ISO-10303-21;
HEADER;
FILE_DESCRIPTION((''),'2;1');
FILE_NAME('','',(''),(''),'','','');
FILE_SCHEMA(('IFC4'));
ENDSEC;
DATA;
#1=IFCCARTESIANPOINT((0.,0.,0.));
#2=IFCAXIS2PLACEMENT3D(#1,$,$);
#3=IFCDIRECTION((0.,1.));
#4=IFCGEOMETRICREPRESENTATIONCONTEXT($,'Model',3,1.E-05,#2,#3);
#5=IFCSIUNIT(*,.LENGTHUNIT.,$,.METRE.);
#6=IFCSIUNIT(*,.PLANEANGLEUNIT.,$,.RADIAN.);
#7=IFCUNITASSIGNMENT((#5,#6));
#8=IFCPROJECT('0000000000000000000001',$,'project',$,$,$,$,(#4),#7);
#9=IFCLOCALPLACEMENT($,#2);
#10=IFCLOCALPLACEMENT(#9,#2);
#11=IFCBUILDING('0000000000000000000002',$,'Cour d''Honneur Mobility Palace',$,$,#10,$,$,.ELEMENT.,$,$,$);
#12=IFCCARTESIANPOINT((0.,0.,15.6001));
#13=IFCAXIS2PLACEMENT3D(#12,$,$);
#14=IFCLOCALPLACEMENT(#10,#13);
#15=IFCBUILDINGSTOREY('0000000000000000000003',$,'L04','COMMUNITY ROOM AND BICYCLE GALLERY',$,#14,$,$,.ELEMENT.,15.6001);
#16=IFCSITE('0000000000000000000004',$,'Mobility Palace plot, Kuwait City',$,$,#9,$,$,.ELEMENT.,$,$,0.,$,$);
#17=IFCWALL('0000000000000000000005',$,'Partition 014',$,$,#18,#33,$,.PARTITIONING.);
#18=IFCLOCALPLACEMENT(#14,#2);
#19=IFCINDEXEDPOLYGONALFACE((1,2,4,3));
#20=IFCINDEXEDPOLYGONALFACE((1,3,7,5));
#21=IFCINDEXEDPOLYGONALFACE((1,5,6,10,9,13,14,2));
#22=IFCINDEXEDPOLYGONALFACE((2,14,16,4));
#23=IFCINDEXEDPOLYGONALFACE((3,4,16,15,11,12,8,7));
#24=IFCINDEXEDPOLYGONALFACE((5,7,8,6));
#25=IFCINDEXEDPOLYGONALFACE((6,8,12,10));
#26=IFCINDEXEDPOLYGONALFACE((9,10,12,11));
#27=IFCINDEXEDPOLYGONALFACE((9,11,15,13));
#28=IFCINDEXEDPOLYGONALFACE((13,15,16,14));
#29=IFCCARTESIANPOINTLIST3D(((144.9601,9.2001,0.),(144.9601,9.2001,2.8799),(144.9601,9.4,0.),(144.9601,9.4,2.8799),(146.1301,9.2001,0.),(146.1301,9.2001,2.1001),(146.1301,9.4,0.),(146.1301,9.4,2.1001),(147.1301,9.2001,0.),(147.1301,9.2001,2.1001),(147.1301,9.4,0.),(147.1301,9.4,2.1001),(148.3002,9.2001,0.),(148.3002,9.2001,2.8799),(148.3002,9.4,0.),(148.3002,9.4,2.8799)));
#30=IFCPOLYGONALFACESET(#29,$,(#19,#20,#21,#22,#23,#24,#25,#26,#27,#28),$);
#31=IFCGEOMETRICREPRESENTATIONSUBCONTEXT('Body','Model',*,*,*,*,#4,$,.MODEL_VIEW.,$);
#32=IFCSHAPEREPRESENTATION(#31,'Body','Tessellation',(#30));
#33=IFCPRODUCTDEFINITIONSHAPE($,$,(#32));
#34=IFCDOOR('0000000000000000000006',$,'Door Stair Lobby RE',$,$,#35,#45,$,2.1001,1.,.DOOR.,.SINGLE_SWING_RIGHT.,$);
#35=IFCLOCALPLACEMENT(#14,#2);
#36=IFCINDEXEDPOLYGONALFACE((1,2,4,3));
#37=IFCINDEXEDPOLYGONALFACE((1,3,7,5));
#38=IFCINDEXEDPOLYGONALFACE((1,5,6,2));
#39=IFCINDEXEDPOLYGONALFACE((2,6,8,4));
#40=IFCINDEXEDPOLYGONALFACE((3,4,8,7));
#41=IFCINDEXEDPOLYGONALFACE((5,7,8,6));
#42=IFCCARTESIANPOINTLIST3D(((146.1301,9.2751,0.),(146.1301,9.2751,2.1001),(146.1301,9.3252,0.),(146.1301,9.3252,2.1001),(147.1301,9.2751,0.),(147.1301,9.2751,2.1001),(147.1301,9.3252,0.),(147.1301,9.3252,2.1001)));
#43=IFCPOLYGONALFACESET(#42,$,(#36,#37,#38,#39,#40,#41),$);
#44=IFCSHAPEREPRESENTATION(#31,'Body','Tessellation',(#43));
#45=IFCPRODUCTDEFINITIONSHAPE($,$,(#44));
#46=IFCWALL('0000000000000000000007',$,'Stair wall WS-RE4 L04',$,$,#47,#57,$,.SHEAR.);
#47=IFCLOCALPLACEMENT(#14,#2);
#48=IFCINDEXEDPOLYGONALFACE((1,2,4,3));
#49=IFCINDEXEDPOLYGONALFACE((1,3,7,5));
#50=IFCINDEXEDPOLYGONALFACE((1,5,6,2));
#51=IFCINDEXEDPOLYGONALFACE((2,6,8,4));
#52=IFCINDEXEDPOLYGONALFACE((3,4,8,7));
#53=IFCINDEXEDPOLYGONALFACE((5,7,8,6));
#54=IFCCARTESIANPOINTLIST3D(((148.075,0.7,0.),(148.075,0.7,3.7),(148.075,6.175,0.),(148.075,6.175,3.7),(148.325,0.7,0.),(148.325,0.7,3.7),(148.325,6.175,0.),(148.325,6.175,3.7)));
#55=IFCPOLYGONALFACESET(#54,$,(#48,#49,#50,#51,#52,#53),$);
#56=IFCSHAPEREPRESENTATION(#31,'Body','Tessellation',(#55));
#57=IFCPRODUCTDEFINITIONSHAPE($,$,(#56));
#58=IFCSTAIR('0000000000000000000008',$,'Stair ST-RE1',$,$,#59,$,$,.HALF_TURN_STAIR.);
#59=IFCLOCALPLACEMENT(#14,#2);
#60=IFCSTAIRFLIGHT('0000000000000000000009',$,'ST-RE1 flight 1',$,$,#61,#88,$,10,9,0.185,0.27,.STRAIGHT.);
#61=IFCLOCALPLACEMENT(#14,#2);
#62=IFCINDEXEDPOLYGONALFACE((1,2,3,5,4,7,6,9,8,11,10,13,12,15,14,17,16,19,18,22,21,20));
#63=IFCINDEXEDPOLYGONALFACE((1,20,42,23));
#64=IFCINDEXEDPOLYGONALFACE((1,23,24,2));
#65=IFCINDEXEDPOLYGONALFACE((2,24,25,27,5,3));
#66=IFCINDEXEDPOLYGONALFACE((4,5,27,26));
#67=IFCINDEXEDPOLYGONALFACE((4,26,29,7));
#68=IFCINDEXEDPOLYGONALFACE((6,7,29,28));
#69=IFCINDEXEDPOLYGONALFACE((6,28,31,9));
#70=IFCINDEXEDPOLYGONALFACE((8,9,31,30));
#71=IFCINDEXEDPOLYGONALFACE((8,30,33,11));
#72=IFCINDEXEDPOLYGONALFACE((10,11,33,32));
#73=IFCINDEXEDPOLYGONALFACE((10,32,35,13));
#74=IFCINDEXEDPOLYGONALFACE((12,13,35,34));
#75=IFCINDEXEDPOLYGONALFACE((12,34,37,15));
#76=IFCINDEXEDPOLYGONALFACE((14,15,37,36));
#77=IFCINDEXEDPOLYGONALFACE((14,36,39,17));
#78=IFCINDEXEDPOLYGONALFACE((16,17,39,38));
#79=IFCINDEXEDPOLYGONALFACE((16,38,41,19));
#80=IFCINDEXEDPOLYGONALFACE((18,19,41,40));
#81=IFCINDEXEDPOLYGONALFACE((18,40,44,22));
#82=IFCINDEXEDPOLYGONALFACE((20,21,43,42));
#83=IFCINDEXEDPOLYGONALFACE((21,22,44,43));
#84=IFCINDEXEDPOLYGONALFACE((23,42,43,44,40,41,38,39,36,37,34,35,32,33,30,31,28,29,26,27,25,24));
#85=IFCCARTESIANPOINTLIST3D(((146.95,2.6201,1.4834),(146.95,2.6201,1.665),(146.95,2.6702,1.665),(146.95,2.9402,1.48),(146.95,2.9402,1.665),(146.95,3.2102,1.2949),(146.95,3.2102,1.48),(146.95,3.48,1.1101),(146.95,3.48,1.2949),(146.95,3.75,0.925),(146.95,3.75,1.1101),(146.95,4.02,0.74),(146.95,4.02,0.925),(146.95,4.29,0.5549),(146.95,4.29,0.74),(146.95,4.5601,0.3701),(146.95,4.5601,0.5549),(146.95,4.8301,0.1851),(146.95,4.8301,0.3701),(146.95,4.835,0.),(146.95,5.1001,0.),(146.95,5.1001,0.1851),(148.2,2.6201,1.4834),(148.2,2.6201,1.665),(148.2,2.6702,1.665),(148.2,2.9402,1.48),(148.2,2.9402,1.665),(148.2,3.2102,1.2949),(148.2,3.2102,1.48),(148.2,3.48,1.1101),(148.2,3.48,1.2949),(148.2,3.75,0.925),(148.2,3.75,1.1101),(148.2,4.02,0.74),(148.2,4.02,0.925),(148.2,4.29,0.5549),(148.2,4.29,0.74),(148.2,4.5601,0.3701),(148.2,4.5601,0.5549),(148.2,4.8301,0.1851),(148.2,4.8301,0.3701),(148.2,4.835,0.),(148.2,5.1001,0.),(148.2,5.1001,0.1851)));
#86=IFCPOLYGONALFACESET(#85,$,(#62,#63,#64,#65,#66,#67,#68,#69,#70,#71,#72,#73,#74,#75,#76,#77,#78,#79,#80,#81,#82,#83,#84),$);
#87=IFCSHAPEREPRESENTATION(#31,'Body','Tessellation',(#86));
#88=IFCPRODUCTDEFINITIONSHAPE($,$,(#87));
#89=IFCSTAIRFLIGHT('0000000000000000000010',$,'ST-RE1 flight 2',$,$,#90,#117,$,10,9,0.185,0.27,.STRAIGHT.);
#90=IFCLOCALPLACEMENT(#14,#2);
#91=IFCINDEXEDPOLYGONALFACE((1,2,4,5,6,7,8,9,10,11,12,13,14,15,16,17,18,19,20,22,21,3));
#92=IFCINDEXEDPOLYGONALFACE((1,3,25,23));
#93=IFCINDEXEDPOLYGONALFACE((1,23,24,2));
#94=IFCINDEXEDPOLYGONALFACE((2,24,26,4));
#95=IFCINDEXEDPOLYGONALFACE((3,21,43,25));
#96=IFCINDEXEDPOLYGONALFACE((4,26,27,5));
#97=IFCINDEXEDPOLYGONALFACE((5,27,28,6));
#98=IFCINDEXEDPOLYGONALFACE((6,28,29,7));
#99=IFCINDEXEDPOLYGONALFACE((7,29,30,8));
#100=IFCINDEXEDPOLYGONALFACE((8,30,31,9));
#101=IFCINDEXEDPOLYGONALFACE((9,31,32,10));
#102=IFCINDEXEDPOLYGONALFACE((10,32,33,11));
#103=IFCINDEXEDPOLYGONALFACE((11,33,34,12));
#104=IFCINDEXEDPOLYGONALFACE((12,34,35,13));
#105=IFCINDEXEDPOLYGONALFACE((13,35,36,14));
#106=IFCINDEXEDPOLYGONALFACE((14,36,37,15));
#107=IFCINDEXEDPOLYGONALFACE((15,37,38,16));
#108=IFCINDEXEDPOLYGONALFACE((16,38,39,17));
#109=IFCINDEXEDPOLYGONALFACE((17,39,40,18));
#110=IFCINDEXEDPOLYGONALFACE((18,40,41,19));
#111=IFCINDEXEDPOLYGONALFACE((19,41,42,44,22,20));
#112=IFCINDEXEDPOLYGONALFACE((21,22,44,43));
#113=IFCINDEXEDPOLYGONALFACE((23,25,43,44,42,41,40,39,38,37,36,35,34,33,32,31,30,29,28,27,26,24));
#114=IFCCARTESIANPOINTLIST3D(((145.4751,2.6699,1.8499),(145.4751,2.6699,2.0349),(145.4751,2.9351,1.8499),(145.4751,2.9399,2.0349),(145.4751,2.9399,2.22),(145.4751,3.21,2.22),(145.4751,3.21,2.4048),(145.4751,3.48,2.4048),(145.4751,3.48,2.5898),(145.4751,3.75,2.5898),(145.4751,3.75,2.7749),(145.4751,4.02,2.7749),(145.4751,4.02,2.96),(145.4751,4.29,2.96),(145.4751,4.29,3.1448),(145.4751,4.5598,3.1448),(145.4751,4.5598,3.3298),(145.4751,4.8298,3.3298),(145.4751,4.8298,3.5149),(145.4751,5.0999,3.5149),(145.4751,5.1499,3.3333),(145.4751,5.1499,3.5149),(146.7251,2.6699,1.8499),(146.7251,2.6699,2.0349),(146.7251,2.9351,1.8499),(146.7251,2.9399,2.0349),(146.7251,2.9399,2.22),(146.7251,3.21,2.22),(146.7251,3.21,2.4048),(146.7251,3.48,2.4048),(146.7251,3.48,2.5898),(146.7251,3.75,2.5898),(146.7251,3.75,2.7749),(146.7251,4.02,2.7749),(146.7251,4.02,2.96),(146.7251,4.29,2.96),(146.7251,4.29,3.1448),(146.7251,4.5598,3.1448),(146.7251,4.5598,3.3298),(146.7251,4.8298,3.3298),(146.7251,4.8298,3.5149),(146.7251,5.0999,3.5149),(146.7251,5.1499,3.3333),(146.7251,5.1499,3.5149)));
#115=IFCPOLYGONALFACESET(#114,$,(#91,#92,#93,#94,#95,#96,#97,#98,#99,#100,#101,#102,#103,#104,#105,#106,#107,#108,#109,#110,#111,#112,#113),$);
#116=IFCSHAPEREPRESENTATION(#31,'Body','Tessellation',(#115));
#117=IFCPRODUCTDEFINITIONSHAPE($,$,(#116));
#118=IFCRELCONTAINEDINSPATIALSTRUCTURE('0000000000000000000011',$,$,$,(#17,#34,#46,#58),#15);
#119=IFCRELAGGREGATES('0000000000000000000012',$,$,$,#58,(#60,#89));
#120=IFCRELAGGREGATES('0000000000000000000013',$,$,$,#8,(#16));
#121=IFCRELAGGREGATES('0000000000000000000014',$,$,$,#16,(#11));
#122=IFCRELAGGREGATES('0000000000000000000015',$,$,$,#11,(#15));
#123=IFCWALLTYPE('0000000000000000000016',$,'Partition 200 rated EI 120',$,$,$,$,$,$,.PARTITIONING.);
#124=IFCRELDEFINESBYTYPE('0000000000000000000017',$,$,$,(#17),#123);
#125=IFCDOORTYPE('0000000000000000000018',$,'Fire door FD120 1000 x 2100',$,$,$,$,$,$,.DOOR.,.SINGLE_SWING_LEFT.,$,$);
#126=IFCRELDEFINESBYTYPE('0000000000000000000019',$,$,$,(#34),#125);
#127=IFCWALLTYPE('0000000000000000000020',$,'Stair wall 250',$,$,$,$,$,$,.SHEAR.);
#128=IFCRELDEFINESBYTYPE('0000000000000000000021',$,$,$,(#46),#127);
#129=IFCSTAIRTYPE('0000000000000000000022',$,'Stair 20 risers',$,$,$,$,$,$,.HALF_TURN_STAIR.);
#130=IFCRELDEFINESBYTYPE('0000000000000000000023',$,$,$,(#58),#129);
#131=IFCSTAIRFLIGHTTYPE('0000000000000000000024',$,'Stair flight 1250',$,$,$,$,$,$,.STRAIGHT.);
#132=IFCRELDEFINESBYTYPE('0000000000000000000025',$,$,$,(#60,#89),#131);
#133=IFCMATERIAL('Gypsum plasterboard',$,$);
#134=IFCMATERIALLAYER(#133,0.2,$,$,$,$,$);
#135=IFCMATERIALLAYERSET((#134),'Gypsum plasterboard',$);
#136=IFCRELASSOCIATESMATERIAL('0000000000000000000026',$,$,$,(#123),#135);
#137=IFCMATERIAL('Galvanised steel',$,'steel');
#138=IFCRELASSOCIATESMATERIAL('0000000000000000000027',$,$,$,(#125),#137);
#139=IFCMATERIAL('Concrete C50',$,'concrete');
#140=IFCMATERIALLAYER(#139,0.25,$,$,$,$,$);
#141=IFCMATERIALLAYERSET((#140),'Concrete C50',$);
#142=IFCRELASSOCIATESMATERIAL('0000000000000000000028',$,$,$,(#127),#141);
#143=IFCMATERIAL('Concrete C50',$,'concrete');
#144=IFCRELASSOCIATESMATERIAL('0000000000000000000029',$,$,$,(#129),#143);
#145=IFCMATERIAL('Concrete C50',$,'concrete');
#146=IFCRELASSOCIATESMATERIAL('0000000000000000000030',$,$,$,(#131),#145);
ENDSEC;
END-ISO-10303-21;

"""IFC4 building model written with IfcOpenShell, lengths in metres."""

from ifc_helpers import new_model, si_unit, direction, frame, frame_2d, origin, place, context, subcontext, project, spatial, polyline, rectangle, outline, extrude, material, layer, layer_set, type_object, element, fill, aggregate, save


model = new_model("IFC4")

# Units and contexts
model_context = context("Model", 3, precision=1e-05, world=origin(), true_north=direction((0.0, 1.0)))
body_context = subcontext(model_context, "Body", "Model", "MODEL_VIEW")
ifc_project = project(units=[si_unit("LENGTHUNIT", "METRE"), si_unit("PLANEANGLEUNIT", "RADIAN")], contexts=[model_context])

# Site, building, storey
site_placement = place(None, origin())
site = spatial("IfcSite", under=ifc_project, at=site_placement, Name="Mobility Palace plot, Kuwait City", CompositionType="ELEMENT", RefElevation=0.0)
building_placement = place(site_placement, origin())
building = spatial("IfcBuilding", under=site, at=building_placement, Name="Cour d'Honneur Mobility Palace", CompositionType="ELEMENT")
storey_placement = place(building_placement, frame((0.0, 0.0, 15.6001)))
storey = spatial("IfcBuildingStorey", under=building, at=storey_placement, Name="L04", Description="COMMUNITY ROOM AND BICYCLE GALLERY", CompositionType="ELEMENT", Elevation=15.6001)

# Shared definitions
ifc_material_1 = material(Name="Gypsum plasterboard")
ifc_layer_1 = layer(ifc_material_1, 0.2)
ifc_layer_set_1 = layer_set([ifc_layer_1], Name="Gypsum plasterboard")
wall_type_1 = type_object("IfcWallType", Name="Partition 200 rated EI 120", PredefinedType="PARTITIONING", material=ifc_layer_set_1)

# Wall, opening, door
ifc_material_2 = material(Name="Galvanised steel", Category="steel")
door_type = type_object("IfcDoorType", Name="Fire door FD120 1000 x 2100", OperationType="SINGLE_SWING_LEFT", PredefinedType="DOOR", material=ifc_material_2)
wall_1_placement = place(storey_placement, frame((148.3, 9.3, 0.0), z_axis=(0.0, 0.0, 1.0), x_axis=(-1.0, 0.0, 0.0)))
wall_1 = element("IfcWall", 1, at=wall_1_placement, inside=storey, type_object=wall_type_1, Name="Partition 014", PredefinedType="PARTITIONING", context=body_context, shape_type="SweptSolid", body=[
    extrude(rectangle(XDim=3.3401, YDim=0.2, at=frame_2d((1.6699, 0.0))), origin(), (0.0, 0.0, 1.0), 2.8799),
])
opening_1_placement = place(wall_1_placement, frame((1.1699, 0.0, 0.0)))
opening_1 = element("IfcOpeningElement", 2, at=opening_1_placement, cuts=wall_1, PredefinedType="OPENING", context=body_context, shape_type="SweptSolid", body=[
    extrude(rectangle(XDim=1.0, YDim=2.1001, at=frame_2d((0.5, 1.05))), frame((0.0, 0.1099, 0.0), z_axis=(0.0, -1.0, 0.0), x_axis=(1.0, 0.0, 0.0)), (0.0, 0.0, 1.0), 0.22),
])
door_1_placement = place(opening_1_placement, origin())
door_1 = element("IfcDoor", 3, at=door_1_placement, inside=storey, type_object=door_type, Name="Door Stair Lobby RE", OperationType="SINGLE_SWING_RIGHT", OverallHeight=2.1001, OverallWidth=1.0, PredefinedType="DOOR", context=body_context, shape_type="SweptSolid", body=[
    extrude(rectangle(XDim=1.0, YDim=2.1001, at=frame_2d((0.5, 1.05))), frame((0.0, 0.0249, 0.0), z_axis=(0.0, -1.0, 0.0), x_axis=(1.0, 0.0, 0.0)), (0.0, 0.0, 1.0), 0.05),
])
fill(opening_1, door_1)

# Wall
ifc_material_3 = material(Name="Concrete C50", Category="concrete")
ifc_layer_2 = layer(ifc_material_3, 0.25)
ifc_layer_set_2 = layer_set([ifc_layer_2], Name="Concrete C50")
wall_type_2 = type_object("IfcWallType", Name="Stair wall 250", PredefinedType="SHEAR", material=ifc_layer_set_2)
wall_2_placement = place(storey_placement, frame((148.2, 0.7, 0.0), z_axis=(0.0, 0.0, 1.0), x_axis=(0.0, 1.0, 0.0)))
element("IfcWall", 4, at=wall_2_placement, inside=storey, type_object=wall_type_2, Name="Stair wall WS-RE4 L04", PredefinedType="SHEAR", context=body_context, shape_type="SweptSolid", body=[
    extrude(rectangle(XDim=5.4751, YDim=0.25, at=frame_2d((2.7375, 0.0))), origin(), (0.0, 0.0, 1.0), 3.7),
])

# Stair, stair flights
ifc_material_4 = material(Name="Concrete C50", Category="concrete")
stair_type = type_object("IfcStairType", Name="Stair 20 risers", PredefinedType="HALF_TURN_STAIR", material=ifc_material_4)
stair_placement = place(storey_placement, origin())
stair = element("IfcStair", 5, at=stair_placement, inside=storey, type_object=stair_type, Name="Stair ST-RE1", PredefinedType="HALF_TURN_STAIR")
ifc_material_5 = material(Name="Concrete C50", Category="concrete")
stair_flight_type = type_object("IfcStairFlightType", Name="Stair flight 1250", PredefinedType="STRAIGHT", material=ifc_material_5)
stair_flight_1_placement = place(storey_placement, frame((147.575, 5.1001, 0.0), z_axis=(0.0, 0.0, 1.0), x_axis=(0.0, -1.0, 0.0)))
stair_flight_1 = element("IfcStairFlight", 6, at=stair_flight_1_placement, type_object=stair_flight_type, Name="ST-RE1 flight 1", NumberOfRisers=10, NumberOfTreads=9, PredefinedType="STRAIGHT", RiserHeight=0.185, TreadLength=0.27, context=body_context, shape_type="SweptSolid", body=[
    extrude(outline(polyline([(0.0, 0.0), (0.0, 0.1851), (0.27, 0.1851), (0.27, 0.3701), (0.54, 0.3701), (0.54, 0.5549), (0.8101, 0.5549), (0.8101, 0.74), (1.0801, 0.74), (1.0801, 0.925), (1.3501, 0.925), (1.3501, 1.1101), (1.6201, 1.1101), (1.6201, 1.2949), (1.8899, 1.2949), (1.8899, 1.48), (2.1599, 1.48), (2.1599, 1.665), (2.4299, 1.665), (2.48, 1.665), (2.48, 1.4834), (0.2651, 0.0), (0.0, 0.0)])), frame((0.0, 0.625, 0.0), z_axis=(0.0, -1.0, 0.0), x_axis=(1.0, 0.0, 0.0)), (0.0, 0.0, 1.0), 1.25),
])
stair_flight_2_placement = place(storey_placement, frame((146.1001, 2.6699, 1.8499), z_axis=(0.0, 0.0, 1.0), x_axis=(0.0, 1.0, 0.0)))
stair_flight_2 = element("IfcStairFlight", 7, at=stair_flight_2_placement, type_object=stair_flight_type, Name="ST-RE1 flight 2", NumberOfRisers=10, NumberOfTreads=9, PredefinedType="STRAIGHT", RiserHeight=0.185, TreadLength=0.27, context=body_context, shape_type="SweptSolid", body=[
    extrude(outline(polyline([(0.0, 0.0), (0.0, 0.1851), (0.27, 0.1851), (0.27, 0.3701), (0.54, 0.3701), (0.54, 0.5549), (0.8101, 0.5549), (0.8101, 0.74), (1.0801, 0.74), (1.0801, 0.925), (1.3501, 0.925), (1.3501, 1.1101), (1.6201, 1.1101), (1.6201, 1.2949), (1.8899, 1.2949), (1.8899, 1.48), (2.1599, 1.48), (2.1599, 1.665), (2.4299, 1.665), (2.48, 1.665), (2.48, 1.4834), (0.2651, 0.0), (0.0, 0.0)])), frame((0.0, 0.625, 0.0), z_axis=(0.0, -1.0, 0.0), x_axis=(1.0, 0.0, 0.0)), (0.0, 0.0, 1.0), 1.25),
])
aggregate(stair, [stair_flight_1, stair_flight_2])

save(model, "model.ifc")
